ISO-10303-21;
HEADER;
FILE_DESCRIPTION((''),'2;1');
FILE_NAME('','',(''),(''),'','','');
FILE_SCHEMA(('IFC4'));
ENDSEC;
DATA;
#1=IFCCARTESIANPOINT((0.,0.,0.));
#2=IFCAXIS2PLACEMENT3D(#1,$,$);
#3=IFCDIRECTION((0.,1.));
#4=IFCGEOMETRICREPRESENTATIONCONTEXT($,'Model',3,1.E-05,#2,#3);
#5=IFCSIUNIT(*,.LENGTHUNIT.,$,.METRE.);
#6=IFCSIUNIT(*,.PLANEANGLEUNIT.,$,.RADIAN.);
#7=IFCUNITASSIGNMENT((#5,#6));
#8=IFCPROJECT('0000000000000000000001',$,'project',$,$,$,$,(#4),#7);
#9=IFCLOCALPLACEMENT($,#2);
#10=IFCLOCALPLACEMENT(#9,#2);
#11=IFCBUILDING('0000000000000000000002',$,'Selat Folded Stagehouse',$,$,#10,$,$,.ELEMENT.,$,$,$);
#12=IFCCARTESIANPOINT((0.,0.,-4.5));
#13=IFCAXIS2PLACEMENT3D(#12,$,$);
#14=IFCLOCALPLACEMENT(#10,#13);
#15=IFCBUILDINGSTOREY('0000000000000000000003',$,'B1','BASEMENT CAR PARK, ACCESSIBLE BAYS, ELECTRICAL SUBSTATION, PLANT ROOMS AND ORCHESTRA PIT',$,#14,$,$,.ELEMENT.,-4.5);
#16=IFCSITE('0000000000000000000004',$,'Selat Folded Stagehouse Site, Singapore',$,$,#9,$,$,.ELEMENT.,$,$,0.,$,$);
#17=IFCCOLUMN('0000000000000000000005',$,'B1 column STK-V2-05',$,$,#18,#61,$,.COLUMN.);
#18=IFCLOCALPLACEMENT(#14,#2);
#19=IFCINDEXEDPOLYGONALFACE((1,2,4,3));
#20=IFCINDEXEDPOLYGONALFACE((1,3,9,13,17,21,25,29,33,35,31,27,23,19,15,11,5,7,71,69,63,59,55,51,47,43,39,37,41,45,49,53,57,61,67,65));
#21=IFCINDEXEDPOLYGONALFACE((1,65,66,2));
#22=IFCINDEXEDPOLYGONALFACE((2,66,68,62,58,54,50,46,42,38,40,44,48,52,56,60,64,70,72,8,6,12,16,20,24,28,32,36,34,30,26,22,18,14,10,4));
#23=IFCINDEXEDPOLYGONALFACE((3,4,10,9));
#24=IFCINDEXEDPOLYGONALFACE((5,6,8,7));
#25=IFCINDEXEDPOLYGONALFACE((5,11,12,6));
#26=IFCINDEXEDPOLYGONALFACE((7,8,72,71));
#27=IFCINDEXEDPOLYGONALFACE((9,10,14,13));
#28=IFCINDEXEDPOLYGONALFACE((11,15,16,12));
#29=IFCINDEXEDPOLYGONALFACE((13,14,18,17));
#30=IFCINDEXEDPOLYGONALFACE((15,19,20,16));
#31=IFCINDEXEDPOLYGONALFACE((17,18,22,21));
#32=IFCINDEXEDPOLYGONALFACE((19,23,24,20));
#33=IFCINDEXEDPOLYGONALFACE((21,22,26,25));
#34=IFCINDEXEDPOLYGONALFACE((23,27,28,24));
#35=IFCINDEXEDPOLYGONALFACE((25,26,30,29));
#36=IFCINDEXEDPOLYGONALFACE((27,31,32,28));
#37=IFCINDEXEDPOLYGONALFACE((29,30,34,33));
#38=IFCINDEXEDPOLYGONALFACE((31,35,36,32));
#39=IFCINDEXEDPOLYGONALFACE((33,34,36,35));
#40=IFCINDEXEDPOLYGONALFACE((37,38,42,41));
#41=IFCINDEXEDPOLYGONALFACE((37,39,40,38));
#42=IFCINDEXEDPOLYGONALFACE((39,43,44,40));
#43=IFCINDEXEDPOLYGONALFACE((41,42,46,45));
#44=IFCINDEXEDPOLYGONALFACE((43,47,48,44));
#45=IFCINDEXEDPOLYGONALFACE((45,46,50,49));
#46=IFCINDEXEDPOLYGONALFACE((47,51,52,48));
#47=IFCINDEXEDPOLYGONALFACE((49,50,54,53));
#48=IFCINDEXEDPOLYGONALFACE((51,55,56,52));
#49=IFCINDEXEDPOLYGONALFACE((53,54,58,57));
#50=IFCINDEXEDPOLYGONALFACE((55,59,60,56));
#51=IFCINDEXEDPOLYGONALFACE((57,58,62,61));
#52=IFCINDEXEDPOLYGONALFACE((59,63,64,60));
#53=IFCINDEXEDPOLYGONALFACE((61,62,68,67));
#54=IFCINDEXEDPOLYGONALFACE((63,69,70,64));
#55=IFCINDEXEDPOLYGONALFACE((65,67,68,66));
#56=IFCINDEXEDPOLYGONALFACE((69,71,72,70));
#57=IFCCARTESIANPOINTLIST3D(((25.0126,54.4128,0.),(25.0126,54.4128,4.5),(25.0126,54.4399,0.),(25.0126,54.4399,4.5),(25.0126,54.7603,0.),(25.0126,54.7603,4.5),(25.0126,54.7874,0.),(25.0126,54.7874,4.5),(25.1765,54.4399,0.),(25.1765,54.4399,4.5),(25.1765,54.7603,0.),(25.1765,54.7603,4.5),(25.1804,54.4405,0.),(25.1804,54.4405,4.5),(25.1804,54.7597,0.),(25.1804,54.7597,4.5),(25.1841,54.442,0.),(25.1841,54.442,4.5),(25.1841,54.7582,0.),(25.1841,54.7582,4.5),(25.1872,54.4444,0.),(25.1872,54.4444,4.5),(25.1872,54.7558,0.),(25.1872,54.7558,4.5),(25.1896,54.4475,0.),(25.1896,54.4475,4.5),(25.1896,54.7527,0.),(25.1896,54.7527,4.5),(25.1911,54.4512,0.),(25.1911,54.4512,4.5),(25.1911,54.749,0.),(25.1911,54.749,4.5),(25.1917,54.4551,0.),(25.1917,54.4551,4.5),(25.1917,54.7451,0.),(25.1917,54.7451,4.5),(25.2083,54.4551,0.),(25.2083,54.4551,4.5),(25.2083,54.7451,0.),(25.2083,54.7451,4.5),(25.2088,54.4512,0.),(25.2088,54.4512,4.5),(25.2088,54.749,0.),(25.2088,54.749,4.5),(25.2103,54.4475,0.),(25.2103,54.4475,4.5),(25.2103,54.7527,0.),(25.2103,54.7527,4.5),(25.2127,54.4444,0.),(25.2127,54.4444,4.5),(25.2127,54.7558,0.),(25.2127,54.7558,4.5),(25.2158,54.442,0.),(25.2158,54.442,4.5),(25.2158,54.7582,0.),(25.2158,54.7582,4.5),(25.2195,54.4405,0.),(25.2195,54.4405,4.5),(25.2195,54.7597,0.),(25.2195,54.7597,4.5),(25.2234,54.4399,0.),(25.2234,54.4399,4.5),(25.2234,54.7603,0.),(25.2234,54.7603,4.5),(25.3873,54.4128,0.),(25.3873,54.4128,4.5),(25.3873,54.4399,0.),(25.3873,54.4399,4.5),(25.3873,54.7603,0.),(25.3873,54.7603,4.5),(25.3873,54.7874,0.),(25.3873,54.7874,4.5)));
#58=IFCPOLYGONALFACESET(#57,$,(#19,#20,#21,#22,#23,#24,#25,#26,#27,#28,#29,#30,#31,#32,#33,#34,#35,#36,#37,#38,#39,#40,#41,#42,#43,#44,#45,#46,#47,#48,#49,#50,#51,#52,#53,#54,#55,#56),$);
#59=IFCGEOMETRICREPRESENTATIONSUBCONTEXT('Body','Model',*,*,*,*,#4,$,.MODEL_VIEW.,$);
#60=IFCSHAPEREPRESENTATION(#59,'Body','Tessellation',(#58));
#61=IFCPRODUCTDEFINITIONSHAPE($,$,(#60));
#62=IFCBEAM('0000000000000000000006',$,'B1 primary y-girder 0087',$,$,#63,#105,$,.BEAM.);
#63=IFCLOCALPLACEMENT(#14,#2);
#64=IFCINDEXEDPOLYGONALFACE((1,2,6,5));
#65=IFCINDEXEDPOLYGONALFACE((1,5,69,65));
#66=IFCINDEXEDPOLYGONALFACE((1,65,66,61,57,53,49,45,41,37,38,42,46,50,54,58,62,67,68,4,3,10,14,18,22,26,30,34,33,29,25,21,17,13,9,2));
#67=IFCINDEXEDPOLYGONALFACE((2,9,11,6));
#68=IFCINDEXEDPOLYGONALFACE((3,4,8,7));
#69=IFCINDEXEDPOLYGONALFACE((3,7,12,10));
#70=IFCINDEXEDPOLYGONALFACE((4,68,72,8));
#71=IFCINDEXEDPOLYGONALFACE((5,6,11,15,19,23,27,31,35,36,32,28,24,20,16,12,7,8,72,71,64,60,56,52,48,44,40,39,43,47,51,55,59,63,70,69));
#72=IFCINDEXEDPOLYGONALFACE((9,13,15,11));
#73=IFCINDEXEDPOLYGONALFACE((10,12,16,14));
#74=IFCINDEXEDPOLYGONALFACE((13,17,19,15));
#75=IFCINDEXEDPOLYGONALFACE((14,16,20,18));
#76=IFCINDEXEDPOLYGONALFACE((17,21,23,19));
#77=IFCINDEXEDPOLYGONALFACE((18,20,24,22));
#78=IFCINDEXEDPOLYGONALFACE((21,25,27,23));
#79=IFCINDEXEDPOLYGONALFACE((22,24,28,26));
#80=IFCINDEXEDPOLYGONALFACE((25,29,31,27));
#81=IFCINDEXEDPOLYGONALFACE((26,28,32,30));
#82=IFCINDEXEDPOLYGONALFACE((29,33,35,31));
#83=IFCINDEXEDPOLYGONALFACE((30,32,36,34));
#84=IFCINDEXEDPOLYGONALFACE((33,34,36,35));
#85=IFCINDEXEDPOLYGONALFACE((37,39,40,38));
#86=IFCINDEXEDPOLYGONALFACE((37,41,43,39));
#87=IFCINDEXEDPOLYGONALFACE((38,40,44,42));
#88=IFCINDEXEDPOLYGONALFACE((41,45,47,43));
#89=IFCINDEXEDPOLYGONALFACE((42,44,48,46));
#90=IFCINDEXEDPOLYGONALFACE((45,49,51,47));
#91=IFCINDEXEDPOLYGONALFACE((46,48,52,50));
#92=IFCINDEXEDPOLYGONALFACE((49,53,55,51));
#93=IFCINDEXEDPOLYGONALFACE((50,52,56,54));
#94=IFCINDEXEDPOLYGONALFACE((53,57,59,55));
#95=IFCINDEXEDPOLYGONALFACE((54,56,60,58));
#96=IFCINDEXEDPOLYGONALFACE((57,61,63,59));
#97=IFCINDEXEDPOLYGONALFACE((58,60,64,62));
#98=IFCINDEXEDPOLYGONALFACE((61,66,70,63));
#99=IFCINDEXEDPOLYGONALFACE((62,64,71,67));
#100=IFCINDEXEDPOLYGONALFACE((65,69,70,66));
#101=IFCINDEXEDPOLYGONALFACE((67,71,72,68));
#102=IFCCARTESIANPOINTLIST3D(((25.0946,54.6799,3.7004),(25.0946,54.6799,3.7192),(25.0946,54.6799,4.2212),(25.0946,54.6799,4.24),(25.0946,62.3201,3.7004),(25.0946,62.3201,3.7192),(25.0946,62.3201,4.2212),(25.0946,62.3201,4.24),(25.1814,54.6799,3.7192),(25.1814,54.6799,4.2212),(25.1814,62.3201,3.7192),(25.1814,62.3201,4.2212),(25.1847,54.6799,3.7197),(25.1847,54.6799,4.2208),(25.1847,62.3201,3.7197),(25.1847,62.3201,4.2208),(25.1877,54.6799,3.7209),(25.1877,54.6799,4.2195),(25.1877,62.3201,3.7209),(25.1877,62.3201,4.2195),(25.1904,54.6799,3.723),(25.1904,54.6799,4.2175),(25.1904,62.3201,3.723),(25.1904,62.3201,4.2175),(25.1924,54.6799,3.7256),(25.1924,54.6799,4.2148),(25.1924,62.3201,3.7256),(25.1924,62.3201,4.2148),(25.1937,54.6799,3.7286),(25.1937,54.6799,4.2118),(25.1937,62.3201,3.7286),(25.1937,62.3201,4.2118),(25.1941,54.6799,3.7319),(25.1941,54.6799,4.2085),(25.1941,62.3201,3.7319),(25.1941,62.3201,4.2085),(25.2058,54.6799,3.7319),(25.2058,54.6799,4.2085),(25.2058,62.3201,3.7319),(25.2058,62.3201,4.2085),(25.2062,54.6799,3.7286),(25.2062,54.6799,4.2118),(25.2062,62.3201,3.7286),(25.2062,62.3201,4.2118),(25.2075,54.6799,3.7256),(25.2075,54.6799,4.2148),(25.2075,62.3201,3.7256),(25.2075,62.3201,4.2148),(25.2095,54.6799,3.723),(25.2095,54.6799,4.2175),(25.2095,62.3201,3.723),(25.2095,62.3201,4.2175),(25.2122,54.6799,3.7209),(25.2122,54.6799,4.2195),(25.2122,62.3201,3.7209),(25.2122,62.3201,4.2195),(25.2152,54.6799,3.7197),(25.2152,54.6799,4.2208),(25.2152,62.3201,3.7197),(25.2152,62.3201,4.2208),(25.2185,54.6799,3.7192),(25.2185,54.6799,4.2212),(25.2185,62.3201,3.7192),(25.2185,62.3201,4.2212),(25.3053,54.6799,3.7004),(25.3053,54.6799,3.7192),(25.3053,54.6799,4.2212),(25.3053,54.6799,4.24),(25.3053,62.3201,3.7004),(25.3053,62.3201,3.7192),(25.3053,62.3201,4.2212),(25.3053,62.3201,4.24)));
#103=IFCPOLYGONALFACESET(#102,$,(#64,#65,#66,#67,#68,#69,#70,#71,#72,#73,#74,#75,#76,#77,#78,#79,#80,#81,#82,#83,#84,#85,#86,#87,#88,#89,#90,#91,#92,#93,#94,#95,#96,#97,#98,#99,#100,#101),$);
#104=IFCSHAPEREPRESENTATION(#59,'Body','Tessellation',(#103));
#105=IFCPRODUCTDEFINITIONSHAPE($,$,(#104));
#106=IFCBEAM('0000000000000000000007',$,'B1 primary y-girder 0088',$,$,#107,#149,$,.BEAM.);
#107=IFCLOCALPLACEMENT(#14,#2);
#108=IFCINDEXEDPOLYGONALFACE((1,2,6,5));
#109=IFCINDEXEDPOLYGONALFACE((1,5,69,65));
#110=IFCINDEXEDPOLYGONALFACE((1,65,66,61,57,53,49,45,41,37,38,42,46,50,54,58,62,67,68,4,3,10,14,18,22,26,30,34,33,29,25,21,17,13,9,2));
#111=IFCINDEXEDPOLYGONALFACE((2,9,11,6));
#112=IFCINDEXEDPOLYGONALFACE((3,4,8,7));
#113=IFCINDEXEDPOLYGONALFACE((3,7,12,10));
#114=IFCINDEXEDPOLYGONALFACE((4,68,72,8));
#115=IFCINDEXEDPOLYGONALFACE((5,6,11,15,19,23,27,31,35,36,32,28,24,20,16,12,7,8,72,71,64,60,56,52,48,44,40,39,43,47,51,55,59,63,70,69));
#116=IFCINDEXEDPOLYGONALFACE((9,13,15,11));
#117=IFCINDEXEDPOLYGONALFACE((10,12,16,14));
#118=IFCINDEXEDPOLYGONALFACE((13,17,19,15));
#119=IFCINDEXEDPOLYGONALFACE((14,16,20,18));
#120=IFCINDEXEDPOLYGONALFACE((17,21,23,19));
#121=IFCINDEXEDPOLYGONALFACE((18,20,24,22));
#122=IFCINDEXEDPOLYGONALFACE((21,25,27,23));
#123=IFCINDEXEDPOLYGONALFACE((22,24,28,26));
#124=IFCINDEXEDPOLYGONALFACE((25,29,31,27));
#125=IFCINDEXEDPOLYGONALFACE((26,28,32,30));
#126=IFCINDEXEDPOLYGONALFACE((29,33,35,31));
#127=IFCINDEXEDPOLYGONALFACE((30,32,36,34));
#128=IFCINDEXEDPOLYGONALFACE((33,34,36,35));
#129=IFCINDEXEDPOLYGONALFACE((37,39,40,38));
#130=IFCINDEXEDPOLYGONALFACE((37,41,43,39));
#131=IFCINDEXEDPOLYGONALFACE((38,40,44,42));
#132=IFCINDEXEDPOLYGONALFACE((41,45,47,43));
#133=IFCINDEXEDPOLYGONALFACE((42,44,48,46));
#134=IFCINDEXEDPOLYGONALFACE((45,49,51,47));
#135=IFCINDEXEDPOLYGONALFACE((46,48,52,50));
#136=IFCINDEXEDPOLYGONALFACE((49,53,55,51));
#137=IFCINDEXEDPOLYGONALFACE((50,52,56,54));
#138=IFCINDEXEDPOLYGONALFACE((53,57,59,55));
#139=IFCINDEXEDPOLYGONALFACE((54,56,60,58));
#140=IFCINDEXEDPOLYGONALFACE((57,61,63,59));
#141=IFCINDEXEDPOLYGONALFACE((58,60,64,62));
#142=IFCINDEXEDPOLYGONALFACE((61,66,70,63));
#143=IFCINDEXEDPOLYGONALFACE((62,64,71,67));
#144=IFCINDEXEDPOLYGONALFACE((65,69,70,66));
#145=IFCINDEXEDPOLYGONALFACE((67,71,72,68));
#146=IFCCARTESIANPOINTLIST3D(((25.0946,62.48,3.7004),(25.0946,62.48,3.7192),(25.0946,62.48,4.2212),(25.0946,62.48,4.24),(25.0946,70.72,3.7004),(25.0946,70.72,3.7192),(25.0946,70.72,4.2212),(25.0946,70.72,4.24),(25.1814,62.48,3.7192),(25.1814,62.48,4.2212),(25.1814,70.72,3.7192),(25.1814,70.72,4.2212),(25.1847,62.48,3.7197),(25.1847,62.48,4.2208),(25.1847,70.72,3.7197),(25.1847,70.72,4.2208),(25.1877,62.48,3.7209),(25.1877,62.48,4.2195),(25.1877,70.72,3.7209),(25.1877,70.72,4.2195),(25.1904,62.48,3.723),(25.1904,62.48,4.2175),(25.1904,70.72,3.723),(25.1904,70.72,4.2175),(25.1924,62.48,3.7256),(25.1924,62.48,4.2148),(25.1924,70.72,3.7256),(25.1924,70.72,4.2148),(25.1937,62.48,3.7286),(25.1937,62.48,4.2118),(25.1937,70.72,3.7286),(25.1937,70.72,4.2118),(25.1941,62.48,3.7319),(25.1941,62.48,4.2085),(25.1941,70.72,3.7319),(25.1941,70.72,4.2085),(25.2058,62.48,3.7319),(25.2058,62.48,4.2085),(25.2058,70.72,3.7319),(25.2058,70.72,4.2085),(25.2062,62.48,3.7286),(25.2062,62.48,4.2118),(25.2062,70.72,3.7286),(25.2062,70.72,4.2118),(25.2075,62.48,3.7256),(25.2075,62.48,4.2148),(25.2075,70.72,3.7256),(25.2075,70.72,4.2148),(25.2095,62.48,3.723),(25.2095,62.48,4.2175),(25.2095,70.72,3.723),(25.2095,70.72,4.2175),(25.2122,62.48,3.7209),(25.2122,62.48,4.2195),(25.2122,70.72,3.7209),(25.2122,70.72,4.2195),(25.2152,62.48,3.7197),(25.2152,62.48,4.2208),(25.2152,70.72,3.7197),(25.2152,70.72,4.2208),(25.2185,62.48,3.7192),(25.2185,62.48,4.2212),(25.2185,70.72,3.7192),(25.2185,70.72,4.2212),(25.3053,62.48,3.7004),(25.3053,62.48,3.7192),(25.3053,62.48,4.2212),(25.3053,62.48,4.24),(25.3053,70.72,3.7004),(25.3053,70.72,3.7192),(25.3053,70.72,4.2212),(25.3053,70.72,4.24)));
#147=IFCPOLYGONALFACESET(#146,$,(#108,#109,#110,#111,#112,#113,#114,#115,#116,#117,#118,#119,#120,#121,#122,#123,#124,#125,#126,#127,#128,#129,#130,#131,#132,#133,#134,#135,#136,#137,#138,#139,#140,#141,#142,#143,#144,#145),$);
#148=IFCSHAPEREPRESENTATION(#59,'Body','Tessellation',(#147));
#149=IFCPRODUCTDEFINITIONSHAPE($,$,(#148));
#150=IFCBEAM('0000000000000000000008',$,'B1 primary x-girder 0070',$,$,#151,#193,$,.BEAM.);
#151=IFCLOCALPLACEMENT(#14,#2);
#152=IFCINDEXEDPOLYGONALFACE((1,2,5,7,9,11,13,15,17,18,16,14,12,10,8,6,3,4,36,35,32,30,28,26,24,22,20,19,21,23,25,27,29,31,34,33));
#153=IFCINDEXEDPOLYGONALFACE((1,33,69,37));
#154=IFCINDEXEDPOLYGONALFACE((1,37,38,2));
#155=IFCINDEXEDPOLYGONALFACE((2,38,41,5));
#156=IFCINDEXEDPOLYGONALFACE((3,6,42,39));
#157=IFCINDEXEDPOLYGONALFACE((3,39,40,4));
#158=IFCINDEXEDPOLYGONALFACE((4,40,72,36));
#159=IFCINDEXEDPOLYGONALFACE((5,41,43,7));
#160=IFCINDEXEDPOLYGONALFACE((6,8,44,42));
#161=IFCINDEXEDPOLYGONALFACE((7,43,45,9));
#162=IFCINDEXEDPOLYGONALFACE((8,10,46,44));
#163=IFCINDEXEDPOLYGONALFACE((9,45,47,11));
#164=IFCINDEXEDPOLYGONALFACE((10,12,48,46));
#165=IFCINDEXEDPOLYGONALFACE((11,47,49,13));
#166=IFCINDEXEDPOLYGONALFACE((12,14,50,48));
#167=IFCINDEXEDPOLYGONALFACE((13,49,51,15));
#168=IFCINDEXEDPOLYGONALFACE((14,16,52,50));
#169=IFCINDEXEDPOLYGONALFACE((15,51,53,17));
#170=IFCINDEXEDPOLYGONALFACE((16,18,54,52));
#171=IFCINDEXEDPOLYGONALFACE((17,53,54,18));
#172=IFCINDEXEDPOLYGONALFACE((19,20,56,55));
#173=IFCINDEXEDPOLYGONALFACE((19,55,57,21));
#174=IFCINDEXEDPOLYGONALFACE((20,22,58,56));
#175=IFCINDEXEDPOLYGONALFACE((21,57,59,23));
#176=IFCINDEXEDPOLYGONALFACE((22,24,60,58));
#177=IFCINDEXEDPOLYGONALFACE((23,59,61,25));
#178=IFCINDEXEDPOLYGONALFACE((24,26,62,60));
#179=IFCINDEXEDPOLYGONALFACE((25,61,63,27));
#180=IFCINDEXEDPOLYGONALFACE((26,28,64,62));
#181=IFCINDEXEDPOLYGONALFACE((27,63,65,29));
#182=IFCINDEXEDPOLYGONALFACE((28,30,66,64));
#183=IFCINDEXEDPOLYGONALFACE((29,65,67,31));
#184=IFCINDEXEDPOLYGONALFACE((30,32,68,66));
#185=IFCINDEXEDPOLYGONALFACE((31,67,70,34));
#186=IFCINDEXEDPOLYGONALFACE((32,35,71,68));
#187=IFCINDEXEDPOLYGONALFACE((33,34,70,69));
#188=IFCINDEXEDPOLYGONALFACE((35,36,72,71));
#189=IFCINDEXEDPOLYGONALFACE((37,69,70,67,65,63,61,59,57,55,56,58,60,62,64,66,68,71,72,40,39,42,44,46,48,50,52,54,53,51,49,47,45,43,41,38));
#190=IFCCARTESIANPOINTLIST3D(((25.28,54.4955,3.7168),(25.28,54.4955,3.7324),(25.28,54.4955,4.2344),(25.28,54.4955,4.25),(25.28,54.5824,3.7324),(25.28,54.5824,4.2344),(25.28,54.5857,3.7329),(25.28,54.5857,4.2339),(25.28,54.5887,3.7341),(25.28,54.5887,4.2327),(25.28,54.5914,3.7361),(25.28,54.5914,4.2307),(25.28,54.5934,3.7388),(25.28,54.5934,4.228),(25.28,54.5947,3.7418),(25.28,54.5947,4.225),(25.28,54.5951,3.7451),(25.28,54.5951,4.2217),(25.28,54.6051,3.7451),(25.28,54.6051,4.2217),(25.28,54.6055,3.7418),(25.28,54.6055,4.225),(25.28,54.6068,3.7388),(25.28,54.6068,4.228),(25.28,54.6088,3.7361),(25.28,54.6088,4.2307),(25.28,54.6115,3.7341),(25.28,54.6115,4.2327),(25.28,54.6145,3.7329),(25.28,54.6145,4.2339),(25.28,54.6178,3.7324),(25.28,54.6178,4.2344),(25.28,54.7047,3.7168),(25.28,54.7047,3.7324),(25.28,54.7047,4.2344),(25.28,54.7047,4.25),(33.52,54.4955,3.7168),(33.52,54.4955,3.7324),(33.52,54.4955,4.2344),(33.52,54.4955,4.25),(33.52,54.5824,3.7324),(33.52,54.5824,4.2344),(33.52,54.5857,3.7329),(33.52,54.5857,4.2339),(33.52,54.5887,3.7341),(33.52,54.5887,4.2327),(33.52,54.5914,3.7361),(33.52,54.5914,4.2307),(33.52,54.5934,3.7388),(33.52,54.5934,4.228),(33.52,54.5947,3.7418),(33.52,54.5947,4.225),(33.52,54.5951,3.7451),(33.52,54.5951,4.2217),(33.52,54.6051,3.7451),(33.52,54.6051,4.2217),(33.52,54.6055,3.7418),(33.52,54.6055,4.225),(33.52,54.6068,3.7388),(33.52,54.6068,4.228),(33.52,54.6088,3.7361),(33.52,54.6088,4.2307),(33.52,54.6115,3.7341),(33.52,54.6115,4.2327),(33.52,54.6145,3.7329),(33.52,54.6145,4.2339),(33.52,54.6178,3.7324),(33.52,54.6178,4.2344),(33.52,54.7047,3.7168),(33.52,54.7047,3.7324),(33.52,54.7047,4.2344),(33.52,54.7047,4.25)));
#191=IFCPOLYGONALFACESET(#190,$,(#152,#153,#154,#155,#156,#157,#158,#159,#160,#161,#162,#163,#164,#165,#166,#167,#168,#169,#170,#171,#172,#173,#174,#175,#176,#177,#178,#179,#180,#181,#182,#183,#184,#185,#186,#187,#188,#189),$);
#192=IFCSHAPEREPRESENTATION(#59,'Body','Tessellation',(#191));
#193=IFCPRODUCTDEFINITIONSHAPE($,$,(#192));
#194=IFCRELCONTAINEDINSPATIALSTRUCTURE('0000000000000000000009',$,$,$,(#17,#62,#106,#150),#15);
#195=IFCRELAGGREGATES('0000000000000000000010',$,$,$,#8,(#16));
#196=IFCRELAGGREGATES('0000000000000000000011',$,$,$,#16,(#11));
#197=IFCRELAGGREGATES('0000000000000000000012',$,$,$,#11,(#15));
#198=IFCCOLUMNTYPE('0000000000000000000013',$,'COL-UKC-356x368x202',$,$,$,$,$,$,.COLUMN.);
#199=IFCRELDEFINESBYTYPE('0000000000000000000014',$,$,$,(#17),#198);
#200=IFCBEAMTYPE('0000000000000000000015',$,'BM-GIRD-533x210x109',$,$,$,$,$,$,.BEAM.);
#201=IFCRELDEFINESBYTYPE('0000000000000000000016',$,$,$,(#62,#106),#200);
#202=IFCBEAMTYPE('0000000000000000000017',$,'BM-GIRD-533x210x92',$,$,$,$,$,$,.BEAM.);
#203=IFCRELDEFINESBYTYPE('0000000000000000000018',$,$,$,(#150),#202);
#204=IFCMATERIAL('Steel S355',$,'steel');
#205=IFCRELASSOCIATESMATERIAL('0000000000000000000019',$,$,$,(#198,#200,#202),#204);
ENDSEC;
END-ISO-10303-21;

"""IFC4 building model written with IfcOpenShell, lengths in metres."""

from ifc_helpers import new_model, si_unit, direction, frame, origin, origin_2d, place, context, subcontext, project, spatial, i_section, extrude, material, material_profile, profile_set, type_object, element, save


model = new_model("IFC4")

# Units and contexts
model_context = context("Model", 3, precision=1e-05, world=origin(), true_north=direction((0.0, 1.0)))
body_context = subcontext(model_context, "Body", "Model", "MODEL_VIEW")
ifc_project = project(units=[si_unit("LENGTHUNIT", "METRE"), si_unit("PLANEANGLEUNIT", "RADIAN")], contexts=[model_context])

# Site, building, storey
site_placement = place(None, origin())
site = spatial("IfcSite", under=ifc_project, at=site_placement, Name="Selat Folded Stagehouse Site, Singapore", CompositionType="ELEMENT", RefElevation=0.0)
building_placement = place(site_placement, origin())
building = spatial("IfcBuilding", under=site, at=building_placement, Name="Selat Folded Stagehouse", CompositionType="ELEMENT")
storey_placement = place(building_placement, frame((0.0, 0.0, -4.5)))
storey = spatial("IfcBuildingStorey", under=building, at=storey_placement, Name="B1", Description="BASEMENT CAR PARK, ACCESSIBLE BAYS, ELECTRICAL SUBSTATION, PLANT ROOMS AND ORCHESTRA PIT", CompositionType="ELEMENT", Elevation=-4.5)

# Column
ifc_material_1 = material(Name="Steel S355", Category="steel")
ifc_material_profile_1 = material_profile(ifc_material_1, i_section(OverallWidth=0.3748, OverallDepth=0.3745, WebThickness=0.0166, FlangeThickness=0.0271, FilletRadius=0.0151, at=origin_2d()), Name="UKC 356x368x202")
ifc_profile_set_1 = profile_set([ifc_material_profile_1], Name="Steel S355")
column_type_1 = type_object("IfcColumnType", Name="COL-UKC-356x368x202", PredefinedType="COLUMN", material=ifc_profile_set_1)
column_1_placement = place(storey_placement, frame((25.2, 54.6001, 0.0), z_axis=(0.0, 0.0, 1.0), x_axis=(1.0, 0.0, 0.0)))
element("IfcColumn", 1, at=column_1_placement, inside=storey, type_object=column_type_1, Name="B1 column STK-V2-05", PredefinedType="COLUMN", context=body_context, shape_type="SweptSolid", body=[
    extrude(i_section(OverallWidth=0.3748, OverallDepth=0.3745, WebThickness=0.0166, FlangeThickness=0.0271, FilletRadius=0.0151, at=origin_2d()), origin(), (0.0, 0.0, 1.0), 4.5),
])

# Beams
ifc_material_profile_2 = material_profile(ifc_material_1, i_section(OverallWidth=0.2107, OverallDepth=0.5396, WebThickness=0.0117, FlangeThickness=0.0188, FilletRadius=0.0127, at=origin_2d()), Name="UKB 533x210x109")
ifc_profile_set_2 = profile_set([ifc_material_profile_2], Name="Steel S355")
beam_type_1 = type_object("IfcBeamType", Name="BM-GIRD-533x210x109", PredefinedType="BEAM", material=ifc_profile_set_2)
beam_1_placement = place(storey_placement, frame((25.2, 54.6799, 3.9702), z_axis=(0.0, 1.0, 0.0), x_axis=(-1.0, 0.0, 0.0)))
element("IfcBeam", 2, at=beam_1_placement, inside=storey, type_object=beam_type_1, Name="B1 primary y-girder 0087", PredefinedType="BEAM", context=body_context, shape_type="SweptSolid", body=[
    extrude(i_section(OverallWidth=0.2107, OverallDepth=0.5396, WebThickness=0.0117, FlangeThickness=0.0188, FilletRadius=0.0127, at=origin_2d()), origin(), (0.0, 0.0, 1.0), 7.6401),
])
beam_2_placement = place(storey_placement, frame((25.2, 62.48, 3.9702), z_axis=(0.0, 1.0, 0.0), x_axis=(-1.0, 0.0, 0.0)))
element("IfcBeam", 3, at=beam_2_placement, inside=storey, type_object=beam_type_1, Name="B1 primary y-girder 0088", PredefinedType="BEAM", context=body_context, shape_type="SweptSolid", body=[
    extrude(i_section(OverallWidth=0.2107, OverallDepth=0.5396, WebThickness=0.0117, FlangeThickness=0.0188, FilletRadius=0.0127, at=origin_2d()), origin(), (0.0, 0.0, 1.0), 8.24),
])
ifc_material_profile_3 = material_profile(ifc_material_1, i_section(OverallWidth=0.2092, OverallDepth=0.5332, WebThickness=0.01, FlangeThickness=0.0156, FilletRadius=0.0127, at=origin_2d()), Name="UKB 533x210x92")
ifc_profile_set_3 = profile_set([ifc_material_profile_3], Name="Steel S355")
beam_type_2 = type_object("IfcBeamType", Name="BM-GIRD-533x210x92", PredefinedType="BEAM", material=ifc_profile_set_3)
beam_3_placement = place(storey_placement, frame((25.28, 54.6001, 3.9834), z_axis=(1.0, 0.0, 0.0), x_axis=(0.0, 1.0, 0.0)))
element("IfcBeam", 4, at=beam_3_placement, inside=storey, type_object=beam_type_2, Name="B1 primary x-girder 0070", PredefinedType="BEAM", context=body_context, shape_type="SweptSolid", body=[
    extrude(i_section(OverallWidth=0.2092, OverallDepth=0.5332, WebThickness=0.01, FlangeThickness=0.0156, FilletRadius=0.0127, at=origin_2d()), origin(), (0.0, 0.0, 1.0), 8.24),
])

save(model, "model.ifc")
